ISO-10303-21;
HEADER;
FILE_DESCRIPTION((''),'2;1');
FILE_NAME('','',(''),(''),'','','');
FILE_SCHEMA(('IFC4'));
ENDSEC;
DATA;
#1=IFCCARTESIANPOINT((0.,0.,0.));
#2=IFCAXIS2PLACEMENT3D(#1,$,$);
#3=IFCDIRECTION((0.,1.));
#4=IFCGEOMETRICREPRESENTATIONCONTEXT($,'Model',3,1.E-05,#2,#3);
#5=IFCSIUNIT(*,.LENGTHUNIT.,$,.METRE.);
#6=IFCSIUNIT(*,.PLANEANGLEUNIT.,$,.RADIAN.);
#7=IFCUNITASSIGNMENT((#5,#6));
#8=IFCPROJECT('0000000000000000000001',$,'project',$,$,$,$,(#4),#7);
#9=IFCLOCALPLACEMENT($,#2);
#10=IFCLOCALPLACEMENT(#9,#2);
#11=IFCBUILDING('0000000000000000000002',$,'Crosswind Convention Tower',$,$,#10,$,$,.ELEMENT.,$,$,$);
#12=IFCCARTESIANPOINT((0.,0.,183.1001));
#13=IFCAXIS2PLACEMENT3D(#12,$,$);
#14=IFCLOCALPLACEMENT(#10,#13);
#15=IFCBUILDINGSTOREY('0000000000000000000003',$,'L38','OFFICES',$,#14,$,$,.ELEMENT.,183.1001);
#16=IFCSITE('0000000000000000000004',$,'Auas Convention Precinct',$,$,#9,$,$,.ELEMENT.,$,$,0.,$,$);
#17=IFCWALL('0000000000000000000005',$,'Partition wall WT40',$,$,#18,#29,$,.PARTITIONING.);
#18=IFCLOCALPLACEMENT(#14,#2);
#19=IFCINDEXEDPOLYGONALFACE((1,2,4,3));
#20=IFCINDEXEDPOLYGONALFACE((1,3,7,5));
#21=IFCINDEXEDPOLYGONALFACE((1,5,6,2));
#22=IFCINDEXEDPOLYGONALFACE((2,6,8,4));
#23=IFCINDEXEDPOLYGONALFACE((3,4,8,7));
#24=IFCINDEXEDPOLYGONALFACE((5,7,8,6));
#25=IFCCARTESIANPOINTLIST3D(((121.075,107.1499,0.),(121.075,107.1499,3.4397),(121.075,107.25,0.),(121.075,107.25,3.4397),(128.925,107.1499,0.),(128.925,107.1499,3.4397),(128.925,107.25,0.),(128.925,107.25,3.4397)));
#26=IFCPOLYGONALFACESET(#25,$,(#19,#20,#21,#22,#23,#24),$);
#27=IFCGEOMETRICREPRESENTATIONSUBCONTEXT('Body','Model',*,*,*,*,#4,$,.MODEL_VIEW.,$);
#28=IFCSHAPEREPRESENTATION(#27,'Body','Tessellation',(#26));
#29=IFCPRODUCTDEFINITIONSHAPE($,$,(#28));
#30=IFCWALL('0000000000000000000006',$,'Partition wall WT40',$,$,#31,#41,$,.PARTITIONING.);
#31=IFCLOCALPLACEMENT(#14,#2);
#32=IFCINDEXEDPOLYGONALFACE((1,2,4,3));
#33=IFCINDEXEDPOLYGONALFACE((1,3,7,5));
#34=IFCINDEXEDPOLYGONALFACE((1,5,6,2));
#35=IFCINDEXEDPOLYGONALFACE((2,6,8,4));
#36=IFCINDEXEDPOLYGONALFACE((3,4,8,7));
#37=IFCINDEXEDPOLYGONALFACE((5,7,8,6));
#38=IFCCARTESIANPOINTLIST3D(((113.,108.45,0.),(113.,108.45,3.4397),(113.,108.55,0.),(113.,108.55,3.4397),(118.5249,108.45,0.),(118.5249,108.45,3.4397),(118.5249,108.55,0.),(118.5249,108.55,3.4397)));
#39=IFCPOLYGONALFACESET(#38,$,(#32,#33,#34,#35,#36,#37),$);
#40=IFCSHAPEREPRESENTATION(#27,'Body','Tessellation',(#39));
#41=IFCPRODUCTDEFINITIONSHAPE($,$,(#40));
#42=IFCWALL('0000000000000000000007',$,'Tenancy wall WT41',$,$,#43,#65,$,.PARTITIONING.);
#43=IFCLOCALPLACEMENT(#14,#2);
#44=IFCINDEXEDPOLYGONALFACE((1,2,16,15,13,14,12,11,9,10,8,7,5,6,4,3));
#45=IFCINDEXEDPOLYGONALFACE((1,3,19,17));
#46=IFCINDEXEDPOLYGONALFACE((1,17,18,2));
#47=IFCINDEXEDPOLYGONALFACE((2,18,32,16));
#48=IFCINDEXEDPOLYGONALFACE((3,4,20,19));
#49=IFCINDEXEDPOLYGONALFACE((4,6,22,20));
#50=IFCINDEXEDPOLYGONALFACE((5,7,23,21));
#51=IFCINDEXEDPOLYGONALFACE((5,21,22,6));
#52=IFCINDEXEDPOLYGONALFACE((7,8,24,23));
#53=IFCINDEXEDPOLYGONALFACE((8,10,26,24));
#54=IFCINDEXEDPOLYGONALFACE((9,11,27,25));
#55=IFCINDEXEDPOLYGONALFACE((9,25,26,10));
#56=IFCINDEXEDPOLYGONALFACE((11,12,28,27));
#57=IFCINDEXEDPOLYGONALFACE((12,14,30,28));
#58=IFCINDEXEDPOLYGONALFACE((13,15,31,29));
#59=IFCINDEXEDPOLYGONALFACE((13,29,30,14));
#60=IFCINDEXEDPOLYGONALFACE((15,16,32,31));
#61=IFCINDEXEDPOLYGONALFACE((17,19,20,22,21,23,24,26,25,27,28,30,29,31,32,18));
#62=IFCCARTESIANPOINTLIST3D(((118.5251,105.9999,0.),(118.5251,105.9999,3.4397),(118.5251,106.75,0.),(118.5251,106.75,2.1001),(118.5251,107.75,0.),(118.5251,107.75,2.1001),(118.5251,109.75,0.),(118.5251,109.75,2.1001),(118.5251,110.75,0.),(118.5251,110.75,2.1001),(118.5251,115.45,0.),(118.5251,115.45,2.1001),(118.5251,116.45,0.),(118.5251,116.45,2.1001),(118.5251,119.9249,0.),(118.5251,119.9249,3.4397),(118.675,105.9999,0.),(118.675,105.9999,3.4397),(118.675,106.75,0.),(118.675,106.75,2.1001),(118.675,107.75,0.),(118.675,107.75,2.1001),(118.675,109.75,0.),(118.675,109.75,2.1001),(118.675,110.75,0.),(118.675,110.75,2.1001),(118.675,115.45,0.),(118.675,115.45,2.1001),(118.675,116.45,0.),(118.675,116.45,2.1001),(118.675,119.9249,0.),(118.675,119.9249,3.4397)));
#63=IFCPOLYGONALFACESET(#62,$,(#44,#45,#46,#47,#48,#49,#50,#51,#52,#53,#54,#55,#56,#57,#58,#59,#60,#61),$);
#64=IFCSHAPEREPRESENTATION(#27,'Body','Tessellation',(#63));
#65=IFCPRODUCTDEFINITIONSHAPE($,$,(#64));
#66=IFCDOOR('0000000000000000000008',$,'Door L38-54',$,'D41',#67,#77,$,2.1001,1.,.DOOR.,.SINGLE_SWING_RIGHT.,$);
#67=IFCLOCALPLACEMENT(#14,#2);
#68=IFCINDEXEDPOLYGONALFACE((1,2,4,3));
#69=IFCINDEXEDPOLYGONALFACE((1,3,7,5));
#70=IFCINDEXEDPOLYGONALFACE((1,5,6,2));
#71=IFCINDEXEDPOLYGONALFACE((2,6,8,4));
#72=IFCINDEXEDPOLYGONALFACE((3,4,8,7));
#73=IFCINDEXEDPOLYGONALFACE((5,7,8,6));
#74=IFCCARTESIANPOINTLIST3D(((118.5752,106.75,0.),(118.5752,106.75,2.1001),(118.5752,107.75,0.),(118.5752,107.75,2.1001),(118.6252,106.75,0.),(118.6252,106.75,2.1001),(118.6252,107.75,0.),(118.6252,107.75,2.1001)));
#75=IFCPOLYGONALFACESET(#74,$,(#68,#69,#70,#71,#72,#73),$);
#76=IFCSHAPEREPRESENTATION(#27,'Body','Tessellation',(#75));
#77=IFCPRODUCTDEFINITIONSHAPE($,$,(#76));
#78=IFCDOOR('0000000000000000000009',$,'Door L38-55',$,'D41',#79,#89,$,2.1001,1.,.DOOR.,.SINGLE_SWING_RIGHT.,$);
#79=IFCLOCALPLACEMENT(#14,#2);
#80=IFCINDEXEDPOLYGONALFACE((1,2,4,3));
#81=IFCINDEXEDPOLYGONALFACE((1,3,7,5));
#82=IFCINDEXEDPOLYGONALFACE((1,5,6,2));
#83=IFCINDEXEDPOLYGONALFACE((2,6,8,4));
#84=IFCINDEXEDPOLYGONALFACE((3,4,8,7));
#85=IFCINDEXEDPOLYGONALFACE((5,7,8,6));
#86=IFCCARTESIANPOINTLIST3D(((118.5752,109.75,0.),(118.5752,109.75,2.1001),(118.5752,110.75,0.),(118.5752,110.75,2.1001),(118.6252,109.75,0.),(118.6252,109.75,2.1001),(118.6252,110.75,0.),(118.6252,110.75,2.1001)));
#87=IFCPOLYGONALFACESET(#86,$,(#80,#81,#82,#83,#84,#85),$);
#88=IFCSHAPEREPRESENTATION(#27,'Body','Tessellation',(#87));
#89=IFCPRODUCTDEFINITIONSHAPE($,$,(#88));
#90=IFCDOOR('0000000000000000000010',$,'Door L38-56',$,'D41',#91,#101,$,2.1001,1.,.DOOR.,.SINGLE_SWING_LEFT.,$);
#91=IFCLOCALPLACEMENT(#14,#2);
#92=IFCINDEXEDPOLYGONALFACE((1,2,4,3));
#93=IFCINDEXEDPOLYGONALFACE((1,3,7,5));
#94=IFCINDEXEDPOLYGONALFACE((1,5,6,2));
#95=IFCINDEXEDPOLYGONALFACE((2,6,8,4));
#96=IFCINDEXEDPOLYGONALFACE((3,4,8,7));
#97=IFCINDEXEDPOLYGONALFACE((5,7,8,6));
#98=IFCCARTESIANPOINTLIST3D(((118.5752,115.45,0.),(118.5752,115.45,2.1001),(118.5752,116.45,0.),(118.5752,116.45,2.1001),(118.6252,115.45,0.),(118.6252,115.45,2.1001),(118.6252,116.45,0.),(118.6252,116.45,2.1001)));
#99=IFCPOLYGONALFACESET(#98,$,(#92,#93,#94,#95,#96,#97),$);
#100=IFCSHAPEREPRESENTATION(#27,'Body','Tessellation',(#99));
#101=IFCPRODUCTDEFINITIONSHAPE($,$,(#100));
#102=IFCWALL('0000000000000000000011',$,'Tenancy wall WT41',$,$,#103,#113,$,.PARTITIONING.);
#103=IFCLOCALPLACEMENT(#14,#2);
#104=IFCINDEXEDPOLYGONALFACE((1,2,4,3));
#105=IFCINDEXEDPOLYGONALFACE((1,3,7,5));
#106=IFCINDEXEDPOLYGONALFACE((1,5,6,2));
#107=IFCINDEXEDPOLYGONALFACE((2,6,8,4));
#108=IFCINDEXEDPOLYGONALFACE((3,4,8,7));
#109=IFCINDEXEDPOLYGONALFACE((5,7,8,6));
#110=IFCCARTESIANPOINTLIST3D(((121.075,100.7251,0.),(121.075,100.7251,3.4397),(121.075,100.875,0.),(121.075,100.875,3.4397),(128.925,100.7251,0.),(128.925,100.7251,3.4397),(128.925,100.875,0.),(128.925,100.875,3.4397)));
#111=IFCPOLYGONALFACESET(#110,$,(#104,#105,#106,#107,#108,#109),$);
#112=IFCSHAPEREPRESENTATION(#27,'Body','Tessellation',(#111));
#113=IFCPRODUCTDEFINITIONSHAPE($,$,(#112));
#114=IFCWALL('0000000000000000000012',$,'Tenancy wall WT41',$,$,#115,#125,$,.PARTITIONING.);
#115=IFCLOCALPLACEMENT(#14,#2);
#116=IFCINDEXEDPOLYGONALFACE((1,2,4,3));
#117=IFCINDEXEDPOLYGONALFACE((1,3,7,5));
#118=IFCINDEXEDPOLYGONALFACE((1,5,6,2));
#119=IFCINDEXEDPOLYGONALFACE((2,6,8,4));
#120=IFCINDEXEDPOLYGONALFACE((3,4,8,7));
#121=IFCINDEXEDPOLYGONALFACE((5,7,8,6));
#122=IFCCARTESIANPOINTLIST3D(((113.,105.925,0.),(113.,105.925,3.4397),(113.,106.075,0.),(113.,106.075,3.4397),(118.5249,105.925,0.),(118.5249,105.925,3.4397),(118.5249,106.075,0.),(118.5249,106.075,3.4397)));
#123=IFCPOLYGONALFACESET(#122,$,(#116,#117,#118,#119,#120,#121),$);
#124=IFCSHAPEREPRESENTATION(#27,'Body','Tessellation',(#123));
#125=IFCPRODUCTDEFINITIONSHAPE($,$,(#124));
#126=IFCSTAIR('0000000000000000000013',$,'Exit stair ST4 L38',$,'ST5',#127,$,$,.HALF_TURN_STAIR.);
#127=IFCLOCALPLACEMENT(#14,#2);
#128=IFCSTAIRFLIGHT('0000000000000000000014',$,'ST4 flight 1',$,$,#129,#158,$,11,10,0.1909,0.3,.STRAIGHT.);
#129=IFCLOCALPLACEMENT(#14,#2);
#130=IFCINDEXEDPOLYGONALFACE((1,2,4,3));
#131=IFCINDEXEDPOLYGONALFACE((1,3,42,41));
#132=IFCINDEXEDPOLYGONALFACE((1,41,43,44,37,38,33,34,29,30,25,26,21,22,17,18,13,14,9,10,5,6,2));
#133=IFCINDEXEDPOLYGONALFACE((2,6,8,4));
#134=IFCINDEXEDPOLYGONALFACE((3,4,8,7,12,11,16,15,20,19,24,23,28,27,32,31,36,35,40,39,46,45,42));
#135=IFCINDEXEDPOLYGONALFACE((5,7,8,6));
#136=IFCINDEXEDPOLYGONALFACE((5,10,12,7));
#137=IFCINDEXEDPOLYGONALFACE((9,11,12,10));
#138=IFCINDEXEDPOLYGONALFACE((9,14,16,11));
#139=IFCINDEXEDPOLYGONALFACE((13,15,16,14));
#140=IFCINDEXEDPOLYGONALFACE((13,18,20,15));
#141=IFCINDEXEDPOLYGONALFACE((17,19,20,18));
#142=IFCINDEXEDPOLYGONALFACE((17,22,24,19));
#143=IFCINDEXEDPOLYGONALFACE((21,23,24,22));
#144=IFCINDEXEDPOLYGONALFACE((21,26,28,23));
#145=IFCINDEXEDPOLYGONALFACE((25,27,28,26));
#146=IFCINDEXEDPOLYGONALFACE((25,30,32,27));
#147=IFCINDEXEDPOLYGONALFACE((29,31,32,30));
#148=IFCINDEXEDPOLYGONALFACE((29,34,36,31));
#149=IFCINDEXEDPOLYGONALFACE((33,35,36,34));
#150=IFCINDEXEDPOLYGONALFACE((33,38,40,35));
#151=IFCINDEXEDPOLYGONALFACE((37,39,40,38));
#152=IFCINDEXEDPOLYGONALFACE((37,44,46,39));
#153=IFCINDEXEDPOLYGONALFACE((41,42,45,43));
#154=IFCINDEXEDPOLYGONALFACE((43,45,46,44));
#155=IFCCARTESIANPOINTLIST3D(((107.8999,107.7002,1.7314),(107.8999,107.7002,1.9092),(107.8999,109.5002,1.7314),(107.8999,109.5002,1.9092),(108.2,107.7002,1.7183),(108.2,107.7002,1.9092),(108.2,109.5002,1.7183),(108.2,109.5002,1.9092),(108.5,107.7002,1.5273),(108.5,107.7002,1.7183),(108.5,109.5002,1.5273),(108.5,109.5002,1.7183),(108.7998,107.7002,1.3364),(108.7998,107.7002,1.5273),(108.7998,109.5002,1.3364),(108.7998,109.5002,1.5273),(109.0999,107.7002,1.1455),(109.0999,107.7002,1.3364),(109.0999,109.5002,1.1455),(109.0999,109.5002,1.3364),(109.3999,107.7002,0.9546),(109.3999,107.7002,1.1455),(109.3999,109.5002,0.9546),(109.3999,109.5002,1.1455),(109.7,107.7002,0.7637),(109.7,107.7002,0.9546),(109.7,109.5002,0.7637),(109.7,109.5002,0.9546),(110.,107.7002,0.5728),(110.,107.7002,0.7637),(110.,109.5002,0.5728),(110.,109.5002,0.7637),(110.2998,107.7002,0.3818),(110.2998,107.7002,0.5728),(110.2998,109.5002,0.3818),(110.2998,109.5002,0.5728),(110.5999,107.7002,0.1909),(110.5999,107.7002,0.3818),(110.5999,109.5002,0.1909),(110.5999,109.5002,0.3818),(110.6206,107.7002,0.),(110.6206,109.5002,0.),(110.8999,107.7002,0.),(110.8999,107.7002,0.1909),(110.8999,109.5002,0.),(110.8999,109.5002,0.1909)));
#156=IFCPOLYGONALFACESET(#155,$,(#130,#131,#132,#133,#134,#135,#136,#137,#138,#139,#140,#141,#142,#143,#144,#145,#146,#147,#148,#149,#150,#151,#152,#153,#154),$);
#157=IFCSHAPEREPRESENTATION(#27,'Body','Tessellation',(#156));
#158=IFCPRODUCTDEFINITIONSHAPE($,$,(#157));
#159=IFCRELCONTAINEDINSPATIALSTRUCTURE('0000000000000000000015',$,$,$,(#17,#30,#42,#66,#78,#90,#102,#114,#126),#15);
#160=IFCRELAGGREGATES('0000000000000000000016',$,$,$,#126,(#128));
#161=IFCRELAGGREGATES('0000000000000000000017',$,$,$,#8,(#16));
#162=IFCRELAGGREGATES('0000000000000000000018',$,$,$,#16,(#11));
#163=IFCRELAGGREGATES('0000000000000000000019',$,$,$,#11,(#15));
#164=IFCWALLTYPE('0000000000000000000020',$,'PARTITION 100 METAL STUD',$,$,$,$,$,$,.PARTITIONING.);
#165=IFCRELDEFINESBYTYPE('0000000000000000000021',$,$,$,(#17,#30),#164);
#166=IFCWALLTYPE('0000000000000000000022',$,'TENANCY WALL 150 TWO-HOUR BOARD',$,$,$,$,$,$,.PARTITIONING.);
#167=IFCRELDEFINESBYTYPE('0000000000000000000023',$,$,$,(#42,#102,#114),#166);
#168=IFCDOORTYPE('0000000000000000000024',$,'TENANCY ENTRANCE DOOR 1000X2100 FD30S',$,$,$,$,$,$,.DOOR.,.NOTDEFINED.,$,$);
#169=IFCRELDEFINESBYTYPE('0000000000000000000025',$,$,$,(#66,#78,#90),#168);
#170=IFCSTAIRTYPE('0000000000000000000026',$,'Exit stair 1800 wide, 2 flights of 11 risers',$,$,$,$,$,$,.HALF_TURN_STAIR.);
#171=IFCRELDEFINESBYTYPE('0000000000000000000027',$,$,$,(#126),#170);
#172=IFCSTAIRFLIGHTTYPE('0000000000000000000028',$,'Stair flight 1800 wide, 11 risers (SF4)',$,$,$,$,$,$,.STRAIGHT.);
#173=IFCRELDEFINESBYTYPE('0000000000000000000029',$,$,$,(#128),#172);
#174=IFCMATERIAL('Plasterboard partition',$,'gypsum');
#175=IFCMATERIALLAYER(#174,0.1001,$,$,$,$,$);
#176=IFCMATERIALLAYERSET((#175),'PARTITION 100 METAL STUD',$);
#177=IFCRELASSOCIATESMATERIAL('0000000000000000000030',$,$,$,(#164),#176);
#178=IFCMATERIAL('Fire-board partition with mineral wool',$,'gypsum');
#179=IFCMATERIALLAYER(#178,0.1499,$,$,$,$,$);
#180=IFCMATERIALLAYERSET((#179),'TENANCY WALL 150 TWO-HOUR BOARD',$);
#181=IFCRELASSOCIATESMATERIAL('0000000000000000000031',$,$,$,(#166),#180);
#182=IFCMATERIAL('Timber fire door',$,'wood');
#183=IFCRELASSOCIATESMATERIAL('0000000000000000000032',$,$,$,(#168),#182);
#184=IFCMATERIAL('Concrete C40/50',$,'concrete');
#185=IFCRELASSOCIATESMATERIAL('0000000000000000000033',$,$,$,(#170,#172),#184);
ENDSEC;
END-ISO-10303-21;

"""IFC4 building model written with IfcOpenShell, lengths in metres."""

from ifc_helpers import new_model, si_unit, direction, frame, frame_2d, origin, place, context, subcontext, project, spatial, polyline, rectangle, outline, extrude, material, layer, layer_set, type_object, element, fill, aggregate, save


model = new_model("IFC4")

# Units and contexts
model_context = context("Model", 3, precision=1e-05, world=origin(), true_north=direction((0.0, 1.0)))
body_context = subcontext(model_context, "Body", "Model", "MODEL_VIEW")
ifc_project = project(units=[si_unit("LENGTHUNIT", "METRE"), si_unit("PLANEANGLEUNIT", "RADIAN")], contexts=[model_context])

# Site, building, storey
site_placement = place(None, origin())
site = spatial("IfcSite", under=ifc_project, at=site_placement, Name="Auas Convention Precinct", CompositionType="ELEMENT", RefElevation=0.0)
building_placement = place(site_placement, origin())
building = spatial("IfcBuilding", under=site, at=building_placement, Name="Crosswind Convention Tower", CompositionType="ELEMENT")
storey_placement = place(building_placement, frame((0.0, 0.0, 183.1001)))
storey = spatial("IfcBuildingStorey", under=building, at=storey_placement, Name="L38", Description="OFFICES", CompositionType="ELEMENT", Elevation=183.1001)

# Walls
ifc_material_1 = material(Name="Plasterboard partition", Category="gypsum")
ifc_layer_1 = layer(ifc_material_1, 0.1001)
ifc_layer_set_1 = layer_set([ifc_layer_1], Name="PARTITION 100 METAL STUD")
wall_type_1 = type_object("IfcWallType", Name="PARTITION 100 METAL STUD", PredefinedType="PARTITIONING", material=ifc_layer_set_1)
wall_1_placement = place(storey_placement, frame((121.075, 107.2, 0.0), z_axis=(0.0, 0.0, 1.0), x_axis=(1.0, 0.0, 0.0)))
element("IfcWall", 1, at=wall_1_placement, inside=storey, type_object=wall_type_1, Name="Partition wall WT40", PredefinedType="PARTITIONING", context=body_context, shape_type="SweptSolid", body=[
    extrude(rectangle(XDim=7.8501, YDim=0.1001, at=frame_2d((3.925, 0.0))), origin(), (0.0, 0.0, 1.0), 3.4397),
])
wall_2_placement = place(storey_placement, frame((113.0, 108.5, 0.0), z_axis=(0.0, 0.0, 1.0), x_axis=(1.0, 0.0, 0.0)))
element("IfcWall", 2, at=wall_2_placement, inside=storey, type_object=wall_type_1, Name="Partition wall WT40", PredefinedType="PARTITIONING", context=body_context, shape_type="SweptSolid", body=[
    extrude(rectangle(XDim=5.5249, YDim=0.1001, at=frame_2d((2.7625, 0.0))), origin(), (0.0, 0.0, 1.0), 3.4397),
])

# Wall, openings, doors
ifc_material_2 = material(Name="Fire-board partition with mineral wool", Category="gypsum")
ifc_layer_2 = layer(ifc_material_2, 0.1499)
ifc_layer_set_2 = layer_set([ifc_layer_2], Name="TENANCY WALL 150 TWO-HOUR BOARD")
wall_type_2 = type_object("IfcWallType", Name="TENANCY WALL 150 TWO-HOUR BOARD", PredefinedType="PARTITIONING", material=ifc_layer_set_2)
wall_3_placement = place(storey_placement, frame((118.6001, 106.0, 0.0), z_axis=(0.0, 0.0, 1.0), x_axis=(0.0, 1.0, 0.0)))
wall_3 = element("IfcWall", 3, at=wall_3_placement, inside=storey, type_object=wall_type_2, Name="Tenancy wall WT41", PredefinedType="PARTITIONING", context=body_context, shape_type="SweptSolid", body=[
    extrude(rectangle(XDim=13.925, YDim=0.1499, at=frame_2d((6.9624, 0.0))), origin(), (0.0, 0.0, 1.0), 3.4397),
])
opening_1_placement = place(wall_3_placement, frame((0.75, 0.0, 0.0)))
opening_1 = element("IfcOpeningElement", 4, at=opening_1_placement, cuts=wall_3, PredefinedType="OPENING", context=body_context, shape_type="SweptSolid", body=[
    extrude(rectangle(XDim=1.0, YDim=2.1001, at=frame_2d((0.5, 1.05))), frame((0.0, 0.085, 0.0), z_axis=(0.0, -1.0, 0.0), x_axis=(1.0, 0.0, 0.0)), (0.0, 0.0, 1.0), 0.1699),
])
opening_2_placement = place(wall_3_placement, frame((3.75, 0.0, 0.0)))
opening_2 = element("IfcOpeningElement", 5, at=opening_2_placement, cuts=wall_3, PredefinedType="OPENING", context=body_context, shape_type="SweptSolid", body=[
    extrude(rectangle(XDim=1.0, YDim=2.1001, at=frame_2d((0.5, 1.05))), frame((0.0, 0.085, 0.0), z_axis=(0.0, -1.0, 0.0), x_axis=(1.0, 0.0, 0.0)), (0.0, 0.0, 1.0), 0.1699),
])
opening_3_placement = place(wall_3_placement, frame((9.45, 0.0, 0.0)))
opening_3 = element("IfcOpeningElement", 6, at=opening_3_placement, cuts=wall_3, PredefinedType="OPENING", context=body_context, shape_type="SweptSolid", body=[
    extrude(rectangle(XDim=1.0, YDim=2.1001, at=frame_2d((0.5, 1.05))), frame((0.0, 0.085, 0.0), z_axis=(0.0, -1.0, 0.0), x_axis=(1.0, 0.0, 0.0)), (0.0, 0.0, 1.0), 0.1699),
])
ifc_material_3 = material(Name="Timber fire door", Category="wood")
door_type_1 = type_object("IfcDoorType", Name="TENANCY ENTRANCE DOOR 1000X2100 FD30S", OperationType="NOTDEFINED", PredefinedType="DOOR", material=ifc_material_3)
door_1_placement = place(opening_1_placement, origin())
door_1 = element("IfcDoor", 7, at=door_1_placement, inside=storey, type_object=door_type_1, Name="Door L38-54", ObjectType="D41", OperationType="SINGLE_SWING_RIGHT", OverallHeight=2.1001, OverallWidth=1.0, PredefinedType="DOOR", context=body_context, shape_type="SweptSolid", body=[
    extrude(rectangle(XDim=1.0, YDim=2.1001, at=frame_2d((0.5, 1.05))), frame((0.0, 0.0249, 0.0), z_axis=(0.0, -1.0, 0.0), x_axis=(1.0, 0.0, 0.0)), (0.0, 0.0, 1.0), 0.05),
])
fill(opening_1, door_1)
door_2_placement = place(opening_2_placement, origin())
door_2 = element("IfcDoor", 8, at=door_2_placement, inside=storey, type_object=door_type_1, Name="Door L38-55", ObjectType="D41", OperationType="SINGLE_SWING_RIGHT", OverallHeight=2.1001, OverallWidth=1.0, PredefinedType="DOOR", context=body_context, shape_type="SweptSolid", body=[
    extrude(rectangle(XDim=1.0, YDim=2.1001, at=frame_2d((0.5, 1.05))), frame((0.0, 0.0249, 0.0), z_axis=(0.0, -1.0, 0.0), x_axis=(1.0, 0.0, 0.0)), (0.0, 0.0, 1.0), 0.05),
])
fill(opening_2, door_2)
door_3_placement = place(opening_3_placement, origin())
door_3 = element("IfcDoor", 9, at=door_3_placement, inside=storey, type_object=door_type_1, Name="Door L38-56", ObjectType="D41", OperationType="SINGLE_SWING_LEFT", OverallHeight=2.1001, OverallWidth=1.0, PredefinedType="DOOR", context=body_context, shape_type="SweptSolid", body=[
    extrude(rectangle(XDim=1.0, YDim=2.1001, at=frame_2d((0.5, 1.05))), frame((0.0, 0.0249, 0.0), z_axis=(0.0, -1.0, 0.0), x_axis=(1.0, 0.0, 0.0)), (0.0, 0.0, 1.0), 0.05),
])
fill(opening_3, door_3)

# Walls
wall_4_placement = place(storey_placement, frame((121.075, 100.8, 0.0), z_axis=(0.0, 0.0, 1.0), x_axis=(1.0, 0.0, 0.0)))
element("IfcWall", 10, at=wall_4_placement, inside=storey, type_object=wall_type_2, Name="Tenancy wall WT41", PredefinedType="PARTITIONING", context=body_context, shape_type="SweptSolid", body=[
    extrude(rectangle(XDim=7.8501, YDim=0.1499, at=frame_2d((3.925, 0.0))), origin(), (0.0, 0.0, 1.0), 3.4397),
])
wall_5_placement = place(storey_placement, frame((113.0, 106.0, 0.0), z_axis=(0.0, 0.0, 1.0), x_axis=(1.0, 0.0, 0.0)))
element("IfcWall", 11, at=wall_5_placement, inside=storey, type_object=wall_type_2, Name="Tenancy wall WT41", PredefinedType="PARTITIONING", context=body_context, shape_type="SweptSolid", body=[
    extrude(rectangle(XDim=5.5249, YDim=0.1499, at=frame_2d((2.7625, 0.0))), origin(), (0.0, 0.0, 1.0), 3.4397),
])

# Stair, stair flight
ifc_material_4 = material(Name="Concrete C40/50", Category="concrete")
stair_type = type_object("IfcStairType", Name="Exit stair 1800 wide, 2 flights of 11 risers", PredefinedType="HALF_TURN_STAIR", material=ifc_material_4)
stair_placement = place(storey_placement, origin())
stair = element("IfcStair", 12, at=stair_placement, inside=storey, type_object=stair_type, Name="Exit stair ST4 L38", ObjectType="ST5", PredefinedType="HALF_TURN_STAIR")
stair_flight_type = type_object("IfcStairFlightType", Name="Stair flight 1800 wide, 11 risers (SF4)", PredefinedType="STRAIGHT", material=ifc_material_4)
stair_flight_placement = place(storey_placement, frame((110.8999, 108.6001, 0.0), z_axis=(0.0, 0.0, 1.0), x_axis=(-1.0, 0.0, 0.0)))
stair_flight = element("IfcStairFlight", 13, at=stair_flight_placement, type_object=stair_flight_type, Name="ST4 flight 1", NumberOfRisers=11, NumberOfTreads=10, PredefinedType="STRAIGHT", RiserHeight=0.1909, TreadLength=0.3, context=body_context, shape_type="SweptSolid", body=[
    extrude(outline(polyline([(0.0, 0.0), (0.0, 0.1909), (0.3, 0.1909), (0.3, 0.3818), (0.6001, 0.3818), (0.6001, 0.5728), (0.8999, 0.5728), (0.8999, 0.7637), (1.2, 0.7637), (1.2, 0.9546), (1.5, 0.9546), (1.5, 1.1455), (1.8, 1.1455), (1.8, 1.3364), (2.1001, 1.3364), (2.1001, 1.5273), (2.3999, 1.5273), (2.3999, 1.7183), (2.7, 1.7183), (2.7, 1.9092), (3.0, 1.9092), (3.0, 2.1001), (3.0, 1.7314), (0.2793, 0.0), (0.0, 0.0)])), frame((0.0, 0.8999, 0.0), z_axis=(0.0, -1.0, 0.0), x_axis=(1.0, 0.0, 0.0)), (0.0, 0.0, 1.0), 1.8),
])
aggregate(stair, [stair_flight])

save(model, "model.ifc")
